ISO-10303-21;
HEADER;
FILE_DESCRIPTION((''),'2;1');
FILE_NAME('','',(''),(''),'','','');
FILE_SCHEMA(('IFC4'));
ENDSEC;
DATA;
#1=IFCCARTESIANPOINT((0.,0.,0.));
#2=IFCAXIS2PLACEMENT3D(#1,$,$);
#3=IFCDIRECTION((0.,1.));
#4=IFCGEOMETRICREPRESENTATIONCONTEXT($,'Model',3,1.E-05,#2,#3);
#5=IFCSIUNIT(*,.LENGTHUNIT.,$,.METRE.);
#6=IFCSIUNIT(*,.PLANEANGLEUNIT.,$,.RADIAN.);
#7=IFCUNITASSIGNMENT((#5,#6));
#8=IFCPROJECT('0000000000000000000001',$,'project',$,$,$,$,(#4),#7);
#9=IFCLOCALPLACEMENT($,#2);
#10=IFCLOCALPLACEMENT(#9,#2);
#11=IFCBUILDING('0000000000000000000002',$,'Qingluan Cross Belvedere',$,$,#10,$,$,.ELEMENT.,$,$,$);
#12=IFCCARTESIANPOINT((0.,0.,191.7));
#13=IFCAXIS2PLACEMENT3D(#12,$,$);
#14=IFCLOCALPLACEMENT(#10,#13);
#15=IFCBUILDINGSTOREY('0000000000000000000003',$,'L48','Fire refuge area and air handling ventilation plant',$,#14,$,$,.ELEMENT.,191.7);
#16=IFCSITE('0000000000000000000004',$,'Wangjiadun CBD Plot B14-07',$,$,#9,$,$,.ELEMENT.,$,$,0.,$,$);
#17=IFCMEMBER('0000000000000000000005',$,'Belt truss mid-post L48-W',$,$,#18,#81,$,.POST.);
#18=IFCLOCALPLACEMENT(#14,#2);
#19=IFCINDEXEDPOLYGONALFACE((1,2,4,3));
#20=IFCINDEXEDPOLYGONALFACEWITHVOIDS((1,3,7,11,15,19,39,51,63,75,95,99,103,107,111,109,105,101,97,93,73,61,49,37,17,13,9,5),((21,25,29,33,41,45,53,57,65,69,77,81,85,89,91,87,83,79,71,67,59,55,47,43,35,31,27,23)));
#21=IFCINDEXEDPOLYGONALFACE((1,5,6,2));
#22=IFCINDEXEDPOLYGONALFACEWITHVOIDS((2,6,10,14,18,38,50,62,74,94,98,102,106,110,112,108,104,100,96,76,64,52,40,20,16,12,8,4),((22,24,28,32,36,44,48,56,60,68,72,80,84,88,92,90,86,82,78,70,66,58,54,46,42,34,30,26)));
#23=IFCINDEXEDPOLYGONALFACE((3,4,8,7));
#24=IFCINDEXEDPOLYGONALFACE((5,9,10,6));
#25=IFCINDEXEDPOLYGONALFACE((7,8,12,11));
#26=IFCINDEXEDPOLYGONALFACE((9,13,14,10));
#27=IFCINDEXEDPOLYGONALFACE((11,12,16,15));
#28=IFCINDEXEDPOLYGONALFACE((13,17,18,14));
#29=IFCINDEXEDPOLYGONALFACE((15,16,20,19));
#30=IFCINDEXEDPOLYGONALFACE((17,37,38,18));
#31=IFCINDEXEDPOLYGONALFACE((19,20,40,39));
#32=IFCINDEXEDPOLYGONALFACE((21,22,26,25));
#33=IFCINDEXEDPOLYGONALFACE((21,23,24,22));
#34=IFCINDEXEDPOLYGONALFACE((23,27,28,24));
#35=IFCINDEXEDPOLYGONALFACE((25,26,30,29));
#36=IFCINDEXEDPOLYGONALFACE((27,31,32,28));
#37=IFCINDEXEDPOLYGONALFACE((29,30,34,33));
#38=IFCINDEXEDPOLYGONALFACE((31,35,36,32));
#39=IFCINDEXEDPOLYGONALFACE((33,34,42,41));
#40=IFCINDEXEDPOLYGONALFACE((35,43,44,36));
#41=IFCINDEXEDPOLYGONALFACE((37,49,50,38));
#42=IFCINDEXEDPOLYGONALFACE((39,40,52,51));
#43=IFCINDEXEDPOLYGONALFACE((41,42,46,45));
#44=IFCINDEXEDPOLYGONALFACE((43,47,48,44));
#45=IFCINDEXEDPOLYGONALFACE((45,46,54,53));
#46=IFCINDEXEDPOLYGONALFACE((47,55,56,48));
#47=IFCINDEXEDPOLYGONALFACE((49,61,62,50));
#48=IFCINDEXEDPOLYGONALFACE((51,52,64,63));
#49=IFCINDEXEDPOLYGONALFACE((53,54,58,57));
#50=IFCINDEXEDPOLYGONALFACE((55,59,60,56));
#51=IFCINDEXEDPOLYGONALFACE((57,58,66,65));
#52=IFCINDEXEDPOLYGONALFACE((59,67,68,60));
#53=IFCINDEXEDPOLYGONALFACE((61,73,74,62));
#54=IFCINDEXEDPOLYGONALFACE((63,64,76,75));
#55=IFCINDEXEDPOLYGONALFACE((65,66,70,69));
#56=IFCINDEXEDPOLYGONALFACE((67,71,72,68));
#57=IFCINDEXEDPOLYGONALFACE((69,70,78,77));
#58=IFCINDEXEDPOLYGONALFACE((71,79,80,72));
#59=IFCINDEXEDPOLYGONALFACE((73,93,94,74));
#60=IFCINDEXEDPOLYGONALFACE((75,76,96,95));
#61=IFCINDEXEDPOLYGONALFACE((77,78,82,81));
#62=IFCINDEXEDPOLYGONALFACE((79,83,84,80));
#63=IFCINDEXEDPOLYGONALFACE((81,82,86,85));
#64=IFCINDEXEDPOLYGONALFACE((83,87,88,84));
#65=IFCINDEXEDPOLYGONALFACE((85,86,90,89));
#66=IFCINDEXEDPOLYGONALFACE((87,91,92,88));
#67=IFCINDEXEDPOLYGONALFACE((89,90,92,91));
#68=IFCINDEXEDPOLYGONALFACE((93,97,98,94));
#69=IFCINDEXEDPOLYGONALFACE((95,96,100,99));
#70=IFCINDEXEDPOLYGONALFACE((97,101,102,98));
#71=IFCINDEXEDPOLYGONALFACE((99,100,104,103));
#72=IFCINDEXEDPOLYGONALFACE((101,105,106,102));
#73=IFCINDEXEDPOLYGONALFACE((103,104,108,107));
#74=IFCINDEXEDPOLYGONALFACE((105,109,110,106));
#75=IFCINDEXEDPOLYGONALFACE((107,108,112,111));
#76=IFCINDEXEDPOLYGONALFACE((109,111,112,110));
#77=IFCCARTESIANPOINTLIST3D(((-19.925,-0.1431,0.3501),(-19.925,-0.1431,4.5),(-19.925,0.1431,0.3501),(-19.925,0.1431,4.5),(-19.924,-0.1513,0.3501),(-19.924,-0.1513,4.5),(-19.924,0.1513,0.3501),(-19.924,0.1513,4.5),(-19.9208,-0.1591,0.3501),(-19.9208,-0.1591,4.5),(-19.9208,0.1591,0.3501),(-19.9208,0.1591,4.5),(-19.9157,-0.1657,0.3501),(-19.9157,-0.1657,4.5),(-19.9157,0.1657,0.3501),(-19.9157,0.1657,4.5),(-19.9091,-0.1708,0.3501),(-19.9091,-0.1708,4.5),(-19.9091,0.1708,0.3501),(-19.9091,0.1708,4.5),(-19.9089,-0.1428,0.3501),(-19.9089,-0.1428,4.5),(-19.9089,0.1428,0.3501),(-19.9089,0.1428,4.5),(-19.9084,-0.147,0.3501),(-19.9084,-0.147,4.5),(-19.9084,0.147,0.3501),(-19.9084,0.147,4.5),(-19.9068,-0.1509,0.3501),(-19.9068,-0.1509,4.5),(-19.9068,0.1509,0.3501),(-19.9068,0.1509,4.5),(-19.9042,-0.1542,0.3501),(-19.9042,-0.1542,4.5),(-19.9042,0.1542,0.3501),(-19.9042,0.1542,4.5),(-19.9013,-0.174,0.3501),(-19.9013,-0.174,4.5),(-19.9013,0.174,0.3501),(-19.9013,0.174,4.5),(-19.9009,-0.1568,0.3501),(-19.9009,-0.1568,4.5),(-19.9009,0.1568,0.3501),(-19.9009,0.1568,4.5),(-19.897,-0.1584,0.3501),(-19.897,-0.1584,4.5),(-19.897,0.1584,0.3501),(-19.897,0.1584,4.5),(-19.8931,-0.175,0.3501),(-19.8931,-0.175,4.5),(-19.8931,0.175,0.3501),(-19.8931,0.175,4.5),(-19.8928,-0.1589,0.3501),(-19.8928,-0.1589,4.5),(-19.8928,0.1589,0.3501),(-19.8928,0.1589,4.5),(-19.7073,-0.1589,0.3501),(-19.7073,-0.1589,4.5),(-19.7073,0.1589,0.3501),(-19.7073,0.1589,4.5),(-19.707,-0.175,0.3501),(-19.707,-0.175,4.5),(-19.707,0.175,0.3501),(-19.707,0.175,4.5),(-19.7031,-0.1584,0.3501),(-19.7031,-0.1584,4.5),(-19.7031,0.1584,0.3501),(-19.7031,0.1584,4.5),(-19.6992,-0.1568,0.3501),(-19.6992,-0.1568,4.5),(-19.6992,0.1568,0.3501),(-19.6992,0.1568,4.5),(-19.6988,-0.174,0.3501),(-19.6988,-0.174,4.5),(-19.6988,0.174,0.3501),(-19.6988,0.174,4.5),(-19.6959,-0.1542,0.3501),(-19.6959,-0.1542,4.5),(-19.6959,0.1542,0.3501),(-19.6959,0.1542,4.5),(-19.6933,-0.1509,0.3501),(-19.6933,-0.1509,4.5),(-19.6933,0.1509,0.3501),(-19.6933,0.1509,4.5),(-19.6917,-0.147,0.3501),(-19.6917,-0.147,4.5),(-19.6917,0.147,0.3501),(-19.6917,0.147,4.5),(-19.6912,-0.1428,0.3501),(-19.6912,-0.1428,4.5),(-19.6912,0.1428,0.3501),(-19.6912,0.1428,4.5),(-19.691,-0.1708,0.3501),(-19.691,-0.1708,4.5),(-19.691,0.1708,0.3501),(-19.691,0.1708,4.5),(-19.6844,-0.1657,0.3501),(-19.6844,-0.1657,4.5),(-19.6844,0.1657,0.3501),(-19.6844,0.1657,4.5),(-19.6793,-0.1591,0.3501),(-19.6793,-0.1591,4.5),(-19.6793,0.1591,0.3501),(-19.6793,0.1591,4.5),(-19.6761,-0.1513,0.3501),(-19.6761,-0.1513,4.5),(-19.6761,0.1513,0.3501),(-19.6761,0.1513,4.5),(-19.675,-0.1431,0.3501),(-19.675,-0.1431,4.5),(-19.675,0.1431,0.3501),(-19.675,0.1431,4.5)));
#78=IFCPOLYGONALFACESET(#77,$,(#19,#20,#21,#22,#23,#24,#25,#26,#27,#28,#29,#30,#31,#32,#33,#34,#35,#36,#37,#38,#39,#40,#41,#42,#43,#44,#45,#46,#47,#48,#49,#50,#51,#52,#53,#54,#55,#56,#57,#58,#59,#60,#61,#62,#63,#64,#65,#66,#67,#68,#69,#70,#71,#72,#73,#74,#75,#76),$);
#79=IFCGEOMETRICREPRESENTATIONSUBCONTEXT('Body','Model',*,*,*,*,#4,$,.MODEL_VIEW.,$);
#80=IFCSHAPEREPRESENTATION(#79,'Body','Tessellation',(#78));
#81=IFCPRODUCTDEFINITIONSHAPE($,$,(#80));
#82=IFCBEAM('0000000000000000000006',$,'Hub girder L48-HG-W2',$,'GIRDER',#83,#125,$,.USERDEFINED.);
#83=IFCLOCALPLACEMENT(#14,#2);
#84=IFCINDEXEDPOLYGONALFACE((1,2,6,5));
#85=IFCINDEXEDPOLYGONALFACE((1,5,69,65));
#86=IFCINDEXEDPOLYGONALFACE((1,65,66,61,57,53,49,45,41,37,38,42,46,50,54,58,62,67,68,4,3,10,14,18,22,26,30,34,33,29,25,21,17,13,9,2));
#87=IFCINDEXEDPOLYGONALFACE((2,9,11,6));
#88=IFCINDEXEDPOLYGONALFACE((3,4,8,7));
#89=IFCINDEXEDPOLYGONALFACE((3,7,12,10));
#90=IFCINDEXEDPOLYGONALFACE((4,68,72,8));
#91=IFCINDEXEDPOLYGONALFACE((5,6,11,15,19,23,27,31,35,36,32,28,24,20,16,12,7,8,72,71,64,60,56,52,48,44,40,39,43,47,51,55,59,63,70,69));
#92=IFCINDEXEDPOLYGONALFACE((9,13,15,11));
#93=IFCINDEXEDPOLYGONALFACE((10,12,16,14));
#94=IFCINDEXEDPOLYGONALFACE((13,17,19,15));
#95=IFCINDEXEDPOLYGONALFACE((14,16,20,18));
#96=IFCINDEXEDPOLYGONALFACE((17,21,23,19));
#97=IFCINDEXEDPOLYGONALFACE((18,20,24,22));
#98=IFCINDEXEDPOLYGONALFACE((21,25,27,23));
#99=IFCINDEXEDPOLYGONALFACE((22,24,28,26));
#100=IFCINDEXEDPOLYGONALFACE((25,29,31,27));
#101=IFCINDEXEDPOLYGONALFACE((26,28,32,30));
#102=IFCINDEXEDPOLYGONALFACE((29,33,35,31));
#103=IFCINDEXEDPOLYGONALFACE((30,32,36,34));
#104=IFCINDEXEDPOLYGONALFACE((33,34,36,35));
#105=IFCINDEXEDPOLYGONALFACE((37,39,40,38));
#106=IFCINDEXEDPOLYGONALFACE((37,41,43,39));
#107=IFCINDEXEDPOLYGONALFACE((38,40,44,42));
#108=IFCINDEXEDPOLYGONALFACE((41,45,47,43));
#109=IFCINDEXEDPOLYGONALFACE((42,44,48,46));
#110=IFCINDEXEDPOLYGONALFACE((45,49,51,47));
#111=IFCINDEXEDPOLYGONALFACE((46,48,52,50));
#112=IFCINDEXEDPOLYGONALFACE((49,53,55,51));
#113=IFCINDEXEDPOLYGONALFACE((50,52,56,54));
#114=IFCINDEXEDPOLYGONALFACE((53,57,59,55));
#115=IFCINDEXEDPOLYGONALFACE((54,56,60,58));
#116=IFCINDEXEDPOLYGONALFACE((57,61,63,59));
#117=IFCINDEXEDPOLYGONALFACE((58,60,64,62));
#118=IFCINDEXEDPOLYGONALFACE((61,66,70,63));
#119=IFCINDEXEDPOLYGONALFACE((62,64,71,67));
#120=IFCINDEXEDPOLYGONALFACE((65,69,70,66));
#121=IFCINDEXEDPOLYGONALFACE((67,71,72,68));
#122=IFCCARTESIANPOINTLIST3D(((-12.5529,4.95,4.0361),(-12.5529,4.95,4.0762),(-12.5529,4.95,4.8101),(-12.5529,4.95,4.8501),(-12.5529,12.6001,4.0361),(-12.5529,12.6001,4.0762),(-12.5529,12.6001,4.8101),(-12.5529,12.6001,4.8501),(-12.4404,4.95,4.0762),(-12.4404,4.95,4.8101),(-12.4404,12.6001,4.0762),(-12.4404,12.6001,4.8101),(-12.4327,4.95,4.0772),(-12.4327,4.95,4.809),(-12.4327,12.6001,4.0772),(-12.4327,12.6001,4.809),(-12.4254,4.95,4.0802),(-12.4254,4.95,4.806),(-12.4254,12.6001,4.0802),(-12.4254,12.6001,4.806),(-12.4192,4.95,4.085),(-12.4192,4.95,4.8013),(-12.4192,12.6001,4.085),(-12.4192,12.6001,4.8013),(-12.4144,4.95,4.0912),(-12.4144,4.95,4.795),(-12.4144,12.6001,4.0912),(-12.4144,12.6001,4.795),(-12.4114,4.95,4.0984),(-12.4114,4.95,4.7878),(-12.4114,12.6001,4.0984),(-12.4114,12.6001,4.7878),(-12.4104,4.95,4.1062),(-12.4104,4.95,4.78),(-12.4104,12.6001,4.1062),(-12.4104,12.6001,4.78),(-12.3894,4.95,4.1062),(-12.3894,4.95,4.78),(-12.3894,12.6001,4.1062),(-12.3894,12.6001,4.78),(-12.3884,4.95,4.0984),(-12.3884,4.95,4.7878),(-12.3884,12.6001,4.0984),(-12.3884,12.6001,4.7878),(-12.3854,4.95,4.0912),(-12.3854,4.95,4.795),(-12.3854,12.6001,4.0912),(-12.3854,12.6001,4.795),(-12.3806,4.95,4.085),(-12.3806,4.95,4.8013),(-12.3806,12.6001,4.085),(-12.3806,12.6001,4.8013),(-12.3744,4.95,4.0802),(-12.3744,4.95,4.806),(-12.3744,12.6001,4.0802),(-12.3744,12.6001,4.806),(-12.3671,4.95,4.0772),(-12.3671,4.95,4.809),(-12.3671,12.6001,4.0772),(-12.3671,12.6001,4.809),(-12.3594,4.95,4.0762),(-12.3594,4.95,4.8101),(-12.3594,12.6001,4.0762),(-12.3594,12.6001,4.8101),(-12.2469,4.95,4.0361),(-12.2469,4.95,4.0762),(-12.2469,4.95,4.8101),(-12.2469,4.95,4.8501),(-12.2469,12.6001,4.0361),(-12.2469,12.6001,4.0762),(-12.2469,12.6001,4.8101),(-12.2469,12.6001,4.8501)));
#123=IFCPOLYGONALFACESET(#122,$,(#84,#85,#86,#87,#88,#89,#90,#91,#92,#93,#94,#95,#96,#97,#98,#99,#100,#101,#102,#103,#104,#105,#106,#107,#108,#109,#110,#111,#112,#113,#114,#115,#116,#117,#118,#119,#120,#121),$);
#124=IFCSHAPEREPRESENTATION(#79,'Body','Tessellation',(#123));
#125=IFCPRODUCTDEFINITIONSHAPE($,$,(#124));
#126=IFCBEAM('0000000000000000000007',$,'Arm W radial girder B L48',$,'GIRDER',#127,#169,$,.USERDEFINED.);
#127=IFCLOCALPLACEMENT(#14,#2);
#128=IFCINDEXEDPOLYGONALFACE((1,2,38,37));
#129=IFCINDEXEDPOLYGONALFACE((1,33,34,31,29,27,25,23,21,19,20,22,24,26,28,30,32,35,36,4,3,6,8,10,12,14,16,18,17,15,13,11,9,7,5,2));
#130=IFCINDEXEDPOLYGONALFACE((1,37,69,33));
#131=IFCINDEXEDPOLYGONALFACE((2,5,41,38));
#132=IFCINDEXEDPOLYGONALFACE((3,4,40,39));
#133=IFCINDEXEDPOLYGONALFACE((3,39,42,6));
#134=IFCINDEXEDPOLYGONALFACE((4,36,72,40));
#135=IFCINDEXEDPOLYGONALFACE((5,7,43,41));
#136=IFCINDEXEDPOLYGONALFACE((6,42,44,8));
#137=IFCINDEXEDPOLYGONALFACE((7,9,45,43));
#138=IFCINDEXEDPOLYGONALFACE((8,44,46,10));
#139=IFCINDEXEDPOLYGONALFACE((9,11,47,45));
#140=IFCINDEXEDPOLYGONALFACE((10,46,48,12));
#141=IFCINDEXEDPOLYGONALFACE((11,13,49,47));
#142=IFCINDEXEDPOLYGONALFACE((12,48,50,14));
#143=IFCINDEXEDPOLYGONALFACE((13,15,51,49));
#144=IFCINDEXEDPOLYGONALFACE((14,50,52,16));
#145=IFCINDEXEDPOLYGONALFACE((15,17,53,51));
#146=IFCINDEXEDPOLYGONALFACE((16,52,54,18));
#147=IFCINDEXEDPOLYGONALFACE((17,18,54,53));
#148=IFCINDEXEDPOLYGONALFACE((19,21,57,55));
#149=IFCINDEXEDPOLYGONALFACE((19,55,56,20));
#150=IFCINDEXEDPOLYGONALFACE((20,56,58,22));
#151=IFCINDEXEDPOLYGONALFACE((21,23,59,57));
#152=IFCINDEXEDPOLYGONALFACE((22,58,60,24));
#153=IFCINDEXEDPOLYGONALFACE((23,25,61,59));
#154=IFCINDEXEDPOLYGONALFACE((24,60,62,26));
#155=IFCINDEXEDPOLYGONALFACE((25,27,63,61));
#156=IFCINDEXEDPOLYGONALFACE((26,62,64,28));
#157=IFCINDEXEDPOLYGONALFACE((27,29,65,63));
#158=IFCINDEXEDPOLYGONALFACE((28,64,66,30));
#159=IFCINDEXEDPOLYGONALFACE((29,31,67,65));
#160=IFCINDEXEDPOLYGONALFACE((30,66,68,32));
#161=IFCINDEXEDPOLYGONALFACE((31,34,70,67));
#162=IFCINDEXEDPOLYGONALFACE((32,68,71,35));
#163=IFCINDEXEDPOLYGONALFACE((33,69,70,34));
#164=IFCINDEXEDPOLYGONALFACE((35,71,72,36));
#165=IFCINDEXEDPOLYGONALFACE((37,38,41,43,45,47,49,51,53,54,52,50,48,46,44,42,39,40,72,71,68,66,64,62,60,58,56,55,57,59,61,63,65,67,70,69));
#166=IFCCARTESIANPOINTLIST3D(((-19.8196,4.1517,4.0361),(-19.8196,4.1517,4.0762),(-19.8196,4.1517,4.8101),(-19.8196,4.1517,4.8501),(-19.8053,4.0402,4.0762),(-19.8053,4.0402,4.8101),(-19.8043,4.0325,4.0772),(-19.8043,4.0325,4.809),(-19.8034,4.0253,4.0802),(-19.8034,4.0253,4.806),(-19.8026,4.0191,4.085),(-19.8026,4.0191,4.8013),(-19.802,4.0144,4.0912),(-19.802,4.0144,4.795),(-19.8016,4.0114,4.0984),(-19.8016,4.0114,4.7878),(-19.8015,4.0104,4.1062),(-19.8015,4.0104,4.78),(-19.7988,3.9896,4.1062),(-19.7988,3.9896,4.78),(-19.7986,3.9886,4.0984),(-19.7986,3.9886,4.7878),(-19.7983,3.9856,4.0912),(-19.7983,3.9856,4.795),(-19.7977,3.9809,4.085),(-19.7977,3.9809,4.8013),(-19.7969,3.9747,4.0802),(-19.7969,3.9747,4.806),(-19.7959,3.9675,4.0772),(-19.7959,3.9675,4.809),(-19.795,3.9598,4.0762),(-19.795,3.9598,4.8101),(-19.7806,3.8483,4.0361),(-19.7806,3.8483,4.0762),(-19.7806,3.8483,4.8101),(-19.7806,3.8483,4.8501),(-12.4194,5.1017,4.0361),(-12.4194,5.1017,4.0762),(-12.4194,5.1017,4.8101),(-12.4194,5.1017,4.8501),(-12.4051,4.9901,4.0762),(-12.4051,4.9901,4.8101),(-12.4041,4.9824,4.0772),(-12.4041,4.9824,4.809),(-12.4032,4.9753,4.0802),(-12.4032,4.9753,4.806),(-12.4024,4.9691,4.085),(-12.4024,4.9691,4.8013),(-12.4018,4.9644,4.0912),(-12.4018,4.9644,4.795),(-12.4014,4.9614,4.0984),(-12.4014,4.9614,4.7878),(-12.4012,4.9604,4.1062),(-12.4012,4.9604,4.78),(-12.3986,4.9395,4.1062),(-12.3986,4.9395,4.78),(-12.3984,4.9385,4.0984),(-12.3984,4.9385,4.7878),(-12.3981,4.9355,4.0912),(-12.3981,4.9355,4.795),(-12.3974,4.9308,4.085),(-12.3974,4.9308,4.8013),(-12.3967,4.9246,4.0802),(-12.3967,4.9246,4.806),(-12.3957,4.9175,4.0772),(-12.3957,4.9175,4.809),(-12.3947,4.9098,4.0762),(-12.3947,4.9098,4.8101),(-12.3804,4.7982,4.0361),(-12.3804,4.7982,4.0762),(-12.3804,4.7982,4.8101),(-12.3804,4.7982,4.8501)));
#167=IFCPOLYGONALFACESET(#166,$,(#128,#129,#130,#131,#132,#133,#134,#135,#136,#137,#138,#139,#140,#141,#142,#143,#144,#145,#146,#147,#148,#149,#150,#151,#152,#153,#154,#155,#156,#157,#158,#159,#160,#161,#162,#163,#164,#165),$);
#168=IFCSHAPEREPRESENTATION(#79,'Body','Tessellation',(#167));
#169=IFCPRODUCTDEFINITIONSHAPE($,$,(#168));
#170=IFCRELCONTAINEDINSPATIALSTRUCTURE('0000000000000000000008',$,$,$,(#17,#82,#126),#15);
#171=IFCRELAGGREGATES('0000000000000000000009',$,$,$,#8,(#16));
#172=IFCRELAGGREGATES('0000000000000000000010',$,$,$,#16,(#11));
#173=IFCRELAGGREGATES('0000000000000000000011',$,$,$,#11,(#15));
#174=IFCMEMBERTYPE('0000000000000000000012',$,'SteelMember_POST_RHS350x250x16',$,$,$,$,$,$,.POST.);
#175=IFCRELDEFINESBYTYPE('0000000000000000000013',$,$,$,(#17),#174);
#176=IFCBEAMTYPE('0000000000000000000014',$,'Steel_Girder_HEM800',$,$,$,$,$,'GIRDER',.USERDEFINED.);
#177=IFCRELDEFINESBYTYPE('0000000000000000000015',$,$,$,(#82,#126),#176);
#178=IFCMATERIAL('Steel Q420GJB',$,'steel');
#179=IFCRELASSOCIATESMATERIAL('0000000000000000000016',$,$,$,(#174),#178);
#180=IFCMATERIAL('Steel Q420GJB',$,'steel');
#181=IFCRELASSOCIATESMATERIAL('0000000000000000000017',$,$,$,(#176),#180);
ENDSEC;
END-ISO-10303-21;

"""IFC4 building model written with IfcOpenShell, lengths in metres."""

from ifc_helpers import new_model, si_unit, direction, frame, origin, origin_2d, place, context, subcontext, project, spatial, hollow_rectangle, i_section, extrude, material, material_profile, profile_set, type_object, element, save


model = new_model("IFC4")

# Units and contexts
model_context = context("Model", 3, precision=1e-05, world=origin(), true_north=direction((0.0, 1.0)))
body_context = subcontext(model_context, "Body", "Model", "MODEL_VIEW")
ifc_project = project(units=[si_unit("LENGTHUNIT", "METRE"), si_unit("PLANEANGLEUNIT", "RADIAN")], contexts=[model_context])

# Site, building, storey
site_placement = place(None, origin())
site = spatial("IfcSite", under=ifc_project, at=site_placement, Name="Wangjiadun CBD Plot B14-07", CompositionType="ELEMENT", RefElevation=0.0)
building_placement = place(site_placement, origin())
building = spatial("IfcBuilding", under=site, at=building_placement, Name="Qingluan Cross Belvedere", CompositionType="ELEMENT")
storey_placement = place(building_placement, frame((0.0, 0.0, 191.7)))
storey = spatial("IfcBuildingStorey", under=building, at=storey_placement, Name="L48", Description="Fire refuge area and air handling ventilation plant", CompositionType="ELEMENT", Elevation=191.7)

# Member
ifc_material_1 = material(Name="Steel Q420GJB", Category="steel")
ifc_material_profile_1 = material_profile(ifc_material_1, hollow_rectangle(XDim=0.25, YDim=0.3501, WallThickness=0.0161, InnerFilletRadius=0.0161, OuterFilletRadius=0.032, at=origin_2d()), Name="RHS350x250x16")
ifc_profile_set_1 = profile_set([ifc_material_profile_1], Name="Steel Q420GJB")
member_type_1 = type_object("IfcMemberType", Name="SteelMember_POST_RHS350x250x16", PredefinedType="POST", material=ifc_profile_set_1)
member_1_placement = place(storey_placement, frame((-19.8, 0.0, 0.3501), z_axis=(0.0, 0.0, 1.0), x_axis=(1.0, 0.0, 0.0)))
element("IfcMember", 1, at=member_1_placement, inside=storey, type_object=member_type_1, Name="Belt truss mid-post L48-W", PredefinedType="POST", context=body_context, shape_type="SweptSolid", body=[
    extrude(hollow_rectangle(XDim=0.25, YDim=0.3501, WallThickness=0.0161, InnerFilletRadius=0.0161, OuterFilletRadius=0.032, at=origin_2d()), origin(), (0.0, 0.0, 1.0), 4.1499),
])

# Beams
ifc_material_2 = material(Name="Steel Q420GJB", Category="steel")
ifc_material_profile_2 = material_profile(ifc_material_2, i_section(OverallWidth=0.3059, OverallDepth=0.814, WebThickness=0.021, FlangeThickness=0.04, FilletRadius=0.03, at=origin_2d()), Name="HEM800")
ifc_profile_set_2 = profile_set([ifc_material_profile_2], Name="Steel Q420GJB")
beam_type = type_object("IfcBeamType", Name="Steel_Girder_HEM800", ElementType="GIRDER", PredefinedType="USERDEFINED", material=ifc_profile_set_2)
beam_1_placement = place(storey_placement, frame((-12.3999, 4.95, 4.4431), z_axis=(0.0, 1.0, 0.0), x_axis=(-1.0, 0.0, 0.0)))
element("IfcBeam", 2, at=beam_1_placement, inside=storey, type_object=beam_type, Name="Hub girder L48-HG-W2", ObjectType="GIRDER", PredefinedType="USERDEFINED", context=body_context, shape_type="SweptSolid", body=[
    extrude(i_section(OverallWidth=0.3059, OverallDepth=0.814, WebThickness=0.021, FlangeThickness=0.04, FilletRadius=0.03, at=origin_2d()), origin(), (0.0, 0.0, 1.0), 7.6501),
])
beam_2_placement = place(storey_placement, frame((-12.3999, 4.95, 4.4431), z_axis=(-0.991861, -0.127324, 0.0), x_axis=(0.127324, -0.991861, 0.0)))
element("IfcBeam", 3, at=beam_2_placement, inside=storey, type_object=beam_type, Name="Arm W radial girder B L48", ObjectType="GIRDER", PredefinedType="USERDEFINED", context=body_context, shape_type="SweptSolid", body=[
    extrude(i_section(OverallWidth=0.3059, OverallDepth=0.814, WebThickness=0.021, FlangeThickness=0.04, FilletRadius=0.03, at=origin_2d()), origin(), (0.0, 0.0, 1.0), 7.4609),
])

save(model, "model.ifc")
